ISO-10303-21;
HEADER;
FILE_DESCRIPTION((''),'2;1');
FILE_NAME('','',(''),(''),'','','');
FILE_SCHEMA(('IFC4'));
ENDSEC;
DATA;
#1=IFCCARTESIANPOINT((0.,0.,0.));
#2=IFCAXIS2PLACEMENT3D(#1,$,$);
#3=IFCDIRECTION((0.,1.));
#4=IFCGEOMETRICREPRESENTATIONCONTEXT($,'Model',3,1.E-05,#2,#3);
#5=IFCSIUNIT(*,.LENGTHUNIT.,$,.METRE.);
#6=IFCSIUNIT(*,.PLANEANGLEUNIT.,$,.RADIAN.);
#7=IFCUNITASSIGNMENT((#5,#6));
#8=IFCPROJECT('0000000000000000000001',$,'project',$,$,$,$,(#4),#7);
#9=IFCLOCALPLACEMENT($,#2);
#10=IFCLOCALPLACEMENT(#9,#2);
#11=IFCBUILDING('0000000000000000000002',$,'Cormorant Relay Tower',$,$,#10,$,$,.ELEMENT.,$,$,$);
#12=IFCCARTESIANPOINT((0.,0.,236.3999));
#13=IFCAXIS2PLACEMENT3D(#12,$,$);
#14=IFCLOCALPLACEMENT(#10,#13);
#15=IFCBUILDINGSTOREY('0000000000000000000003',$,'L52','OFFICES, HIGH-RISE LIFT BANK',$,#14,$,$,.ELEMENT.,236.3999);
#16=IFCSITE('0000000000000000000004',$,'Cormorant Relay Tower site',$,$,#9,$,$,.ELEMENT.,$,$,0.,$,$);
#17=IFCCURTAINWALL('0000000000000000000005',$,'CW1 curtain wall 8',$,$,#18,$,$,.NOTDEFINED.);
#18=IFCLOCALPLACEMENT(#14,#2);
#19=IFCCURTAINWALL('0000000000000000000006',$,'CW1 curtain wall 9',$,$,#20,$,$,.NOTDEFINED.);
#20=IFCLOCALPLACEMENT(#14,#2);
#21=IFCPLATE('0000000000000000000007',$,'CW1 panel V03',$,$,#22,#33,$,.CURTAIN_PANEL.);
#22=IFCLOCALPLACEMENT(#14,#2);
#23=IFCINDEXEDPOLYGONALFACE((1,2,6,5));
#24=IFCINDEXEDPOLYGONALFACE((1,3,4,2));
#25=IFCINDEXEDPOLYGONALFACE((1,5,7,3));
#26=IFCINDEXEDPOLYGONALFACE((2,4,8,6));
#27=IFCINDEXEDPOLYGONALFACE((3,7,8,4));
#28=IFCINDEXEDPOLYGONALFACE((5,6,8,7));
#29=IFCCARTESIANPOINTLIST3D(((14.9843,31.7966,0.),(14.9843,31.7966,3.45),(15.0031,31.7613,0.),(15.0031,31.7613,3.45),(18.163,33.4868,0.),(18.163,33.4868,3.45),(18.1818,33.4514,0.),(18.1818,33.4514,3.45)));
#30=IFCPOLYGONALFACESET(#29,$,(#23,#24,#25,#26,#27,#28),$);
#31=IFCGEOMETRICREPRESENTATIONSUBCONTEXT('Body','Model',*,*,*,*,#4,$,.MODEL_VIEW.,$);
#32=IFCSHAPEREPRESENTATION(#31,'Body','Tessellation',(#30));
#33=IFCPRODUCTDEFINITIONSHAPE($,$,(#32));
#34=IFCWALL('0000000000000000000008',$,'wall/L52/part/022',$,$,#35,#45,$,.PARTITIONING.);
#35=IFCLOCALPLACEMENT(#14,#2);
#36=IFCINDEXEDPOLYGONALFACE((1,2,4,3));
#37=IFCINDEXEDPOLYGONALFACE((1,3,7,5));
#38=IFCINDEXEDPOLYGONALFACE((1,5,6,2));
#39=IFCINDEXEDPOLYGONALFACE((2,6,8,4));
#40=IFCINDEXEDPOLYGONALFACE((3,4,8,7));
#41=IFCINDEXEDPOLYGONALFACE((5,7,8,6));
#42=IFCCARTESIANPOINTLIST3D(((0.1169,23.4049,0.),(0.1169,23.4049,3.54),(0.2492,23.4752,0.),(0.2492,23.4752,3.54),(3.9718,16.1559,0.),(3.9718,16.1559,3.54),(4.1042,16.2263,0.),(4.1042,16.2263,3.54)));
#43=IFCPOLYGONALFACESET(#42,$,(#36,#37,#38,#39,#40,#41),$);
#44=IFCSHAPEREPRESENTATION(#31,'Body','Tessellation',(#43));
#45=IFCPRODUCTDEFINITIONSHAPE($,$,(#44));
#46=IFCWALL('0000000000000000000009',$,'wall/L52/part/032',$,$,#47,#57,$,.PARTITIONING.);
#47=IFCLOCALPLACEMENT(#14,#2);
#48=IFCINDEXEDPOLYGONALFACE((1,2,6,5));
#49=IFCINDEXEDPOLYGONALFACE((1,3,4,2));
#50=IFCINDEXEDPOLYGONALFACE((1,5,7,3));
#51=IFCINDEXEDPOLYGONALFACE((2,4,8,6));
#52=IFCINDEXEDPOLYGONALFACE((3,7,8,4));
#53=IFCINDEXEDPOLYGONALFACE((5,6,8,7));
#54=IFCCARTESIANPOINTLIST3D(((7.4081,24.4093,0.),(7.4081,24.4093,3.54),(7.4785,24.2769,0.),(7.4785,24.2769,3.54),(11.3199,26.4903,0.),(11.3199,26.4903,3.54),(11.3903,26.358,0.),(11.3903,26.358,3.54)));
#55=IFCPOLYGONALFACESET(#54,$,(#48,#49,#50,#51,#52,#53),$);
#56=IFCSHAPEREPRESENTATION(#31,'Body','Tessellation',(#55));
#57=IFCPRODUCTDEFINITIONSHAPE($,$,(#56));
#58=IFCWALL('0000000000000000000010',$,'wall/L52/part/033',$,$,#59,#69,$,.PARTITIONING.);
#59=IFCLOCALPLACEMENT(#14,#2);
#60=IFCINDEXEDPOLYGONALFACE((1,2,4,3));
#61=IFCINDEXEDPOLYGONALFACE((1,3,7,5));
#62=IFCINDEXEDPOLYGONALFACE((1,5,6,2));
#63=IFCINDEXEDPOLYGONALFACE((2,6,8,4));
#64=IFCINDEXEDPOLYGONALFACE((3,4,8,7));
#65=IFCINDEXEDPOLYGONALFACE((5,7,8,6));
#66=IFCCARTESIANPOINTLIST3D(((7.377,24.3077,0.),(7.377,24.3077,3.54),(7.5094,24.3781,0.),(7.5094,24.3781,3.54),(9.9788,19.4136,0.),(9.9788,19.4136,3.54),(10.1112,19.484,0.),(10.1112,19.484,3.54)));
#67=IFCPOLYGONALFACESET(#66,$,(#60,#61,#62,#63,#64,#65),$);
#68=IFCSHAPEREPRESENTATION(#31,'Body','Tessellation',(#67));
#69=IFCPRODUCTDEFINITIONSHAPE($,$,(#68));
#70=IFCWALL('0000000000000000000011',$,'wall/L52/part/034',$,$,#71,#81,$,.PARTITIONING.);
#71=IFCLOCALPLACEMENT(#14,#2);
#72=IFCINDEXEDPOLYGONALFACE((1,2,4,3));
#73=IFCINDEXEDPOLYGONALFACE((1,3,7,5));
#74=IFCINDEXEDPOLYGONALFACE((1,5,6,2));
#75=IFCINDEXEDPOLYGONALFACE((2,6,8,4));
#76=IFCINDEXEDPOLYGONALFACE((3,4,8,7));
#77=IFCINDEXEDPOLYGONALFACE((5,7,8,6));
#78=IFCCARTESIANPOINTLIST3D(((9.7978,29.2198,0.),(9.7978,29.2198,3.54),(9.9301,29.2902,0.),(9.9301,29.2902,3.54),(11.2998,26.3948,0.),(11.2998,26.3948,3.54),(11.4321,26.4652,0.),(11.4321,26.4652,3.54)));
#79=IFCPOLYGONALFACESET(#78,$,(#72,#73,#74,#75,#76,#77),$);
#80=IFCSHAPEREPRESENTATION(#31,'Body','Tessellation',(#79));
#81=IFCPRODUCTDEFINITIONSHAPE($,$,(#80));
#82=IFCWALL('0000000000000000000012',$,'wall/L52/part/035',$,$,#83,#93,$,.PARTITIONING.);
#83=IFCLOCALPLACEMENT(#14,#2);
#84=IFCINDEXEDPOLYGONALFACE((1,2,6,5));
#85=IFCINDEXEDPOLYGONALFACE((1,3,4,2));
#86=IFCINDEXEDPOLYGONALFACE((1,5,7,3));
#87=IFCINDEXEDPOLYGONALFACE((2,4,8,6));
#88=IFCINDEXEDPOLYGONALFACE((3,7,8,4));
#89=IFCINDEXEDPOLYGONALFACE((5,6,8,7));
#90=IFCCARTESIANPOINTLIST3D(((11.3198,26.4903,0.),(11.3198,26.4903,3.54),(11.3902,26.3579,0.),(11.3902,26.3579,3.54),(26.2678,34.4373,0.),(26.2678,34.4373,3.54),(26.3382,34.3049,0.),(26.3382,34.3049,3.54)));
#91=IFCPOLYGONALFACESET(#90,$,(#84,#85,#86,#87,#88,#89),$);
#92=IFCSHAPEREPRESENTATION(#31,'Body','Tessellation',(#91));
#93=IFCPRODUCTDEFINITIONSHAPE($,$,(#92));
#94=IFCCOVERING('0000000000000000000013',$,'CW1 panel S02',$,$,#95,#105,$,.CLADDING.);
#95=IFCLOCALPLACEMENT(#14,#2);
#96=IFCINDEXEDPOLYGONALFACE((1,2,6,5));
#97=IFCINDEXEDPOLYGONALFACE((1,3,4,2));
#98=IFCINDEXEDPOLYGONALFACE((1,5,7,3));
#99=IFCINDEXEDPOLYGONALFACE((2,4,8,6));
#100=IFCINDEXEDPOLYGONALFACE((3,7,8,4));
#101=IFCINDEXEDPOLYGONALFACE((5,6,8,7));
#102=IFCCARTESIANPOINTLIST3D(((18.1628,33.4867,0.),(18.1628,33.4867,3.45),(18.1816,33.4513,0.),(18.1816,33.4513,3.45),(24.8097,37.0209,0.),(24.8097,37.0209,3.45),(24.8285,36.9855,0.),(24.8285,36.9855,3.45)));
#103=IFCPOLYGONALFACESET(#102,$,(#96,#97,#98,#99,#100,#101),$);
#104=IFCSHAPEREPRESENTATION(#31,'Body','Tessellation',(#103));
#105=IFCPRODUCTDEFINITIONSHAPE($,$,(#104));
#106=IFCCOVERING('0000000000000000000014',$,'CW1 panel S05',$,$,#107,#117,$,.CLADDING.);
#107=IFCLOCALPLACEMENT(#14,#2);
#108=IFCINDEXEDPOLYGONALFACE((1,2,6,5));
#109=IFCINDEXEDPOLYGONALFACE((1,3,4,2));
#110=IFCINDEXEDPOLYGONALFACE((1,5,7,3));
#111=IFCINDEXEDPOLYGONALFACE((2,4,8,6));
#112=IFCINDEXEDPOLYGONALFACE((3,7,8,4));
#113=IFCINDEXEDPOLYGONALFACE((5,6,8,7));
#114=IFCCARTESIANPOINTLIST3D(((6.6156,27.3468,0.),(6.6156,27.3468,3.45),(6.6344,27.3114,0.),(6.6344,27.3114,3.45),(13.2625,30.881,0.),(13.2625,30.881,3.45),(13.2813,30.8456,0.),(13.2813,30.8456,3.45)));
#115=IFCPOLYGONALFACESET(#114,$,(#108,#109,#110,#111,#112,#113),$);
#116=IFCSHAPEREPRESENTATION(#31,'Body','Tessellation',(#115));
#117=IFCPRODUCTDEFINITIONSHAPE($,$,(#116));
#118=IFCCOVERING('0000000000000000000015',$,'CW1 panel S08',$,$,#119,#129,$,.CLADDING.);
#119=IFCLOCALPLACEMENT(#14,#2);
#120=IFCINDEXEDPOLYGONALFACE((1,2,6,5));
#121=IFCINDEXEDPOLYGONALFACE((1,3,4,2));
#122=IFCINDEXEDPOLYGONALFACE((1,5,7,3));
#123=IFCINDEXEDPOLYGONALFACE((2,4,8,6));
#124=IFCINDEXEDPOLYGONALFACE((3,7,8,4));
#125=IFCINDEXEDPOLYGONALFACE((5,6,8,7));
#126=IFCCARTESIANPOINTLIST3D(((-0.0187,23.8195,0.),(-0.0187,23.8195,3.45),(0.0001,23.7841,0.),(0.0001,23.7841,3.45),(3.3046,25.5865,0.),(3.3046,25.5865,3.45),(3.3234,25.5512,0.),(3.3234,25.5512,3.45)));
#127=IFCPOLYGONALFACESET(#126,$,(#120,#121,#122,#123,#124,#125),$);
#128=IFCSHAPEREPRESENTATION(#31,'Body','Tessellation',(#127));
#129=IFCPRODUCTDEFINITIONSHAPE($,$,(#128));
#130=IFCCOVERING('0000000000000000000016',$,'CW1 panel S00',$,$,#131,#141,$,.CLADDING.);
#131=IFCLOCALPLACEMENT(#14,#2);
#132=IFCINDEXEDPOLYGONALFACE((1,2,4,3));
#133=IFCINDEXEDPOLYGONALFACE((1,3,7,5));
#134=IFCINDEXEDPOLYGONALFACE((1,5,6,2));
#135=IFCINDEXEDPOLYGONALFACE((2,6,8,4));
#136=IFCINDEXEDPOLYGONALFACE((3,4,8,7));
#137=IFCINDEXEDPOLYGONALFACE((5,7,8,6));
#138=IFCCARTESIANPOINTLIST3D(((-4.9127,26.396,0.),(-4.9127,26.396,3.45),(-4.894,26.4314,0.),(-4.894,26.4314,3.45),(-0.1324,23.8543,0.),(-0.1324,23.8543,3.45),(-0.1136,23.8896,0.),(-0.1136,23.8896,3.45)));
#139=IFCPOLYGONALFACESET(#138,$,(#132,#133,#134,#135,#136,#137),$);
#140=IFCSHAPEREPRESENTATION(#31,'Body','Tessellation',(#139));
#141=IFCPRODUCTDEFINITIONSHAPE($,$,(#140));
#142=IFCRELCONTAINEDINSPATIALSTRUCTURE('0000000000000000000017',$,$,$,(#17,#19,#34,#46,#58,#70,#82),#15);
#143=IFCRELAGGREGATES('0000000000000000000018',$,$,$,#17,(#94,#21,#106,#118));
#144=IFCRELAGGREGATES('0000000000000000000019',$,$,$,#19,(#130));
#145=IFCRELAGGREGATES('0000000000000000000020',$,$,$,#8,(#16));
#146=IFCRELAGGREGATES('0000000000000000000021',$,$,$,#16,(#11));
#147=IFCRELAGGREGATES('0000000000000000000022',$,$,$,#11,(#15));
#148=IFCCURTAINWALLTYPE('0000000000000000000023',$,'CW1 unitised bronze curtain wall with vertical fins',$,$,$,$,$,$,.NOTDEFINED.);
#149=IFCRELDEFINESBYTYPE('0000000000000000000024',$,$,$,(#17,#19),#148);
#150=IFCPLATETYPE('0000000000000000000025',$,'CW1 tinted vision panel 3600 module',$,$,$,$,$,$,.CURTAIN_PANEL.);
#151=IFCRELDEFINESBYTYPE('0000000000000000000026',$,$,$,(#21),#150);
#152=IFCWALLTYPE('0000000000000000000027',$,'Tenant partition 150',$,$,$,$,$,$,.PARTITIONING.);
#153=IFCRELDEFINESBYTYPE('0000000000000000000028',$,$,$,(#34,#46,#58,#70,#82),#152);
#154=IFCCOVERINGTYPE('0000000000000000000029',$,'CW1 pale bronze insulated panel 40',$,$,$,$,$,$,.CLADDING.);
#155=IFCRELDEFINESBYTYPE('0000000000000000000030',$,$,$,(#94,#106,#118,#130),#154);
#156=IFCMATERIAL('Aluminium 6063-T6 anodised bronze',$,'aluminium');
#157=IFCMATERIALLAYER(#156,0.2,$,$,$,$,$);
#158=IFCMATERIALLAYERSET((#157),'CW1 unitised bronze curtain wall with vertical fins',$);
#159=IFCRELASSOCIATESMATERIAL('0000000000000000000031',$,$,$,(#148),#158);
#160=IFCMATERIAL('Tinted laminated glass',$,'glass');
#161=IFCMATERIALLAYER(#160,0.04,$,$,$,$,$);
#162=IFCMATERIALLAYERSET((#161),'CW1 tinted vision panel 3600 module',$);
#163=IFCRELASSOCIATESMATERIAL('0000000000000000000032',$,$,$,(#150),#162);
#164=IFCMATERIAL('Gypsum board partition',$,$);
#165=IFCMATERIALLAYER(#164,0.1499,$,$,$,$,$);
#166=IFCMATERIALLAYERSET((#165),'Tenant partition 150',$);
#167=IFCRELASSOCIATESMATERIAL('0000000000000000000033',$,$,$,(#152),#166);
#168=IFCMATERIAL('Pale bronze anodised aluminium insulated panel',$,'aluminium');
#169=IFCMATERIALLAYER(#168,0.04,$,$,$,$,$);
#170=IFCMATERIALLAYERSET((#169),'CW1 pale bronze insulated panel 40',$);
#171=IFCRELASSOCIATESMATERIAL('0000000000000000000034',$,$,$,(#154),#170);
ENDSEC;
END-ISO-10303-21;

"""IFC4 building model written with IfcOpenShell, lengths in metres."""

from ifc_helpers import new_model, si_unit, direction, frame, frame_2d, origin, origin_2d, place, context, subcontext, project, spatial, rectangle, extrude, material, layer, layer_set, type_object, element, aggregate, save


model = new_model("IFC4")

# Units and contexts
model_context = context("Model", 3, precision=1e-05, world=origin(), true_north=direction((0.0, 1.0)))
body_context = subcontext(model_context, "Body", "Model", "MODEL_VIEW")
ifc_project = project(units=[si_unit("LENGTHUNIT", "METRE"), si_unit("PLANEANGLEUNIT", "RADIAN")], contexts=[model_context])

# Site, building, storey
site_placement = place(None, origin())
site = spatial("IfcSite", under=ifc_project, at=site_placement, Name="Cormorant Relay Tower site", CompositionType="ELEMENT", RefElevation=0.0)
building_placement = place(site_placement, origin())
building = spatial("IfcBuilding", under=site, at=building_placement, Name="Cormorant Relay Tower", CompositionType="ELEMENT")
storey_placement = place(building_placement, frame((0.0, 0.0, 236.3999)))
storey = spatial("IfcBuildingStorey", under=building, at=storey_placement, Name="L52", Description="OFFICES, HIGH-RISE LIFT BANK", CompositionType="ELEMENT", Elevation=236.3999)

# Curtain walls
ifc_material_1 = material(Name="Aluminium 6063-T6 anodised bronze", Category="aluminium")
ifc_layer_1 = layer(ifc_material_1, 0.2)
ifc_layer_set_1 = layer_set([ifc_layer_1], Name="CW1 unitised bronze curtain wall with vertical fins")
curtain_wall_type = type_object("IfcCurtainWallType", Name="CW1 unitised bronze curtain wall with vertical fins", PredefinedType="NOTDEFINED", material=ifc_layer_set_1)
curtain_wall_1_placement = place(storey_placement, origin())
curtain_wall_1 = element("IfcCurtainWall", 1, at=curtain_wall_1_placement, inside=storey, type_object=curtain_wall_type, Name="CW1 curtain wall 8", PredefinedType="NOTDEFINED")
curtain_wall_2_placement = place(storey_placement, origin())
curtain_wall_2 = element("IfcCurtainWall", 2, at=curtain_wall_2_placement, inside=storey, type_object=curtain_wall_type, Name="CW1 curtain wall 9", PredefinedType="NOTDEFINED")

# Plate
ifc_material_2 = material(Name="Tinted laminated glass", Category="glass")
ifc_layer_2 = layer(ifc_material_2, 0.04)
ifc_layer_set_2 = layer_set([ifc_layer_2], Name="CW1 tinted vision panel 3600 module")
plate_type_1 = type_object("IfcPlateType", Name="CW1 tinted vision panel 3600 module", PredefinedType="CURTAIN_PANEL", material=ifc_layer_set_2)
plate_1_placement = place(storey_placement, frame((16.583, 32.624, 0.0), z_axis=(0.0, 0.0, 1.0), x_axis=(-0.882948, -0.469472, 0.0)))
plate_1 = element("IfcPlate", 3, at=plate_1_placement, type_object=plate_type_1, Name="CW1 panel V03", PredefinedType="CURTAIN_PANEL", context=body_context, shape_type="SweptSolid", body=[
    extrude(rectangle(XDim=3.6001, YDim=0.04, at=origin_2d()), origin(), (0.0, 0.0, 1.0), 3.45),
])

# Walls
ifc_material_3 = material(Name="Gypsum board partition")
ifc_layer_3 = layer(ifc_material_3, 0.1499)
ifc_layer_set_3 = layer_set([ifc_layer_3], Name="Tenant partition 150")
wall_type = type_object("IfcWallType", Name="Tenant partition 150", PredefinedType="PARTITIONING", material=ifc_layer_set_3)
wall_1_placement = place(storey_placement, frame((0.1831, 23.4399, 0.0), z_axis=(0.0, 0.0, 1.0), x_axis=(0.469529, -0.882917, 0.0)))
element("IfcWall", 4, at=wall_1_placement, inside=storey, type_object=wall_type, Name="wall/L52/part/022", PredefinedType="PARTITIONING", context=body_context, shape_type="SweptSolid", body=[
    extrude(rectangle(XDim=8.2102, YDim=0.1499, at=frame_2d((4.105, 0.0))), origin(), (0.0, 0.0, 1.0), 3.54),
])
wall_2_placement = place(storey_placement, frame((11.355, 26.4241, 0.0), z_axis=(0.0, 0.0, 1.0), x_axis=(-0.882847, -0.469661, 0.0)))
element("IfcWall", 5, at=wall_2_placement, inside=storey, type_object=wall_type, Name="wall/L52/part/032", PredefinedType="PARTITIONING", context=body_context, shape_type="SweptSolid", body=[
    extrude(rectangle(XDim=4.4309, YDim=0.1499, at=frame_2d((2.2153, 0.0))), origin(), (0.0, 0.0, 1.0), 3.54),
])
wall_3_placement = place(storey_placement, frame((7.4431, 24.343, 0.0), z_axis=(0.0, 0.0, 1.0), x_axis=(0.469415, -0.882978, 0.0)))
element("IfcWall", 6, at=wall_3_placement, inside=storey, type_object=wall_type, Name="wall/L52/part/033", PredefinedType="PARTITIONING", context=body_context, shape_type="SweptSolid", body=[
    extrude(rectangle(XDim=5.5427, YDim=0.1499, at=frame_2d((2.7715, 0.0))), origin(), (0.0, 0.0, 1.0), 3.54),
])
wall_4_placement = place(storey_placement, frame((9.864, 29.2549, 0.0), z_axis=(0.0, 0.0, 1.0), x_axis=(0.469447, -0.882961, 0.0)))
element("IfcWall", 7, at=wall_4_placement, inside=storey, type_object=wall_type, Name="wall/L52/part/034", PredefinedType="PARTITIONING", context=body_context, shape_type="SweptSolid", body=[
    extrude(rectangle(XDim=3.1995, YDim=0.1499, at=frame_2d((1.5996, 0.0))), origin(), (0.0, 0.0, 1.0), 3.54),
])
wall_5_placement = place(storey_placement, frame((11.355, 26.4241, 0.0), z_axis=(0.0, 0.0, 1.0), x_axis=(0.882971, 0.469427, 0.0)))
element("IfcWall", 8, at=wall_5_placement, inside=storey, type_object=wall_type, Name="wall/L52/part/035", PredefinedType="PARTITIONING", context=body_context, shape_type="SweptSolid", body=[
    extrude(rectangle(XDim=16.9292, YDim=0.1499, at=frame_2d((8.4646, 0.0))), origin(), (0.0, 0.0, 1.0), 3.54),
])

# Coverings
ifc_material_4 = material(Name="Pale bronze anodised aluminium insulated panel", Category="aluminium")
ifc_layer_4 = layer(ifc_material_4, 0.04)
ifc_layer_set_4 = layer_set([ifc_layer_4], Name="CW1 pale bronze insulated panel 40")
covering_type = type_object("IfcCoveringType", Name="CW1 pale bronze insulated panel 40", PredefinedType="CLADDING", material=ifc_layer_set_4)
covering_1_placement = place(storey_placement, frame((21.4956, 35.2361, 0.0), z_axis=(0.0, 0.0, 1.0), x_axis=(-0.882948, -0.469472, 0.0)))
covering_1 = element("IfcCovering", 9, at=covering_1_placement, type_object=covering_type, Name="CW1 panel S02", PredefinedType="CLADDING", context=body_context, shape_type="SweptSolid", body=[
    extrude(rectangle(XDim=7.5281, YDim=0.04, at=origin_2d()), origin(), (0.0, 0.0, 1.0), 3.45),
])
covering_2_placement = place(storey_placement, frame((9.9485, 29.0962, 0.0), z_axis=(0.0, 0.0, 1.0), x_axis=(-0.882948, -0.469472, 0.0)))
covering_2 = element("IfcCovering", 10, at=covering_2_placement, type_object=covering_type, Name="CW1 panel S05", PredefinedType="CLADDING", context=body_context, shape_type="SweptSolid", body=[
    extrude(rectangle(XDim=7.5281, YDim=0.04, at=origin_2d()), origin(), (0.0, 0.0, 1.0), 3.45),
])
covering_3_placement = place(storey_placement, frame((1.6523, 24.6853, 0.0), z_axis=(0.0, 0.0, 1.0), x_axis=(-0.882948, -0.469472, 0.0)))
covering_3 = element("IfcCovering", 11, at=covering_3_placement, type_object=covering_type, Name="CW1 panel S08", PredefinedType="CLADDING", context=body_context, shape_type="SweptSolid", body=[
    extrude(rectangle(XDim=3.7639, YDim=0.04, at=origin_2d()), origin(), (0.0, 0.0, 1.0), 3.45),
])
aggregate(curtain_wall_1, [covering_1, plate_1, covering_2, covering_3])
covering_4_placement = place(storey_placement, frame((-2.5132, 25.1428, 0.0), z_axis=(0.0, 0.0, 1.0), x_axis=(-0.882948, 0.469472, 0.0)))
covering_4 = element("IfcCovering", 12, at=covering_4_placement, type_object=covering_type, Name="CW1 panel S00", PredefinedType="CLADDING", context=body_context, shape_type="SweptSolid", body=[
    extrude(rectangle(XDim=5.4141, YDim=0.04, at=origin_2d()), origin(), (0.0, 0.0, 1.0), 3.45),
])
aggregate(curtain_wall_2, [covering_4])

save(model, "model.ifc")
